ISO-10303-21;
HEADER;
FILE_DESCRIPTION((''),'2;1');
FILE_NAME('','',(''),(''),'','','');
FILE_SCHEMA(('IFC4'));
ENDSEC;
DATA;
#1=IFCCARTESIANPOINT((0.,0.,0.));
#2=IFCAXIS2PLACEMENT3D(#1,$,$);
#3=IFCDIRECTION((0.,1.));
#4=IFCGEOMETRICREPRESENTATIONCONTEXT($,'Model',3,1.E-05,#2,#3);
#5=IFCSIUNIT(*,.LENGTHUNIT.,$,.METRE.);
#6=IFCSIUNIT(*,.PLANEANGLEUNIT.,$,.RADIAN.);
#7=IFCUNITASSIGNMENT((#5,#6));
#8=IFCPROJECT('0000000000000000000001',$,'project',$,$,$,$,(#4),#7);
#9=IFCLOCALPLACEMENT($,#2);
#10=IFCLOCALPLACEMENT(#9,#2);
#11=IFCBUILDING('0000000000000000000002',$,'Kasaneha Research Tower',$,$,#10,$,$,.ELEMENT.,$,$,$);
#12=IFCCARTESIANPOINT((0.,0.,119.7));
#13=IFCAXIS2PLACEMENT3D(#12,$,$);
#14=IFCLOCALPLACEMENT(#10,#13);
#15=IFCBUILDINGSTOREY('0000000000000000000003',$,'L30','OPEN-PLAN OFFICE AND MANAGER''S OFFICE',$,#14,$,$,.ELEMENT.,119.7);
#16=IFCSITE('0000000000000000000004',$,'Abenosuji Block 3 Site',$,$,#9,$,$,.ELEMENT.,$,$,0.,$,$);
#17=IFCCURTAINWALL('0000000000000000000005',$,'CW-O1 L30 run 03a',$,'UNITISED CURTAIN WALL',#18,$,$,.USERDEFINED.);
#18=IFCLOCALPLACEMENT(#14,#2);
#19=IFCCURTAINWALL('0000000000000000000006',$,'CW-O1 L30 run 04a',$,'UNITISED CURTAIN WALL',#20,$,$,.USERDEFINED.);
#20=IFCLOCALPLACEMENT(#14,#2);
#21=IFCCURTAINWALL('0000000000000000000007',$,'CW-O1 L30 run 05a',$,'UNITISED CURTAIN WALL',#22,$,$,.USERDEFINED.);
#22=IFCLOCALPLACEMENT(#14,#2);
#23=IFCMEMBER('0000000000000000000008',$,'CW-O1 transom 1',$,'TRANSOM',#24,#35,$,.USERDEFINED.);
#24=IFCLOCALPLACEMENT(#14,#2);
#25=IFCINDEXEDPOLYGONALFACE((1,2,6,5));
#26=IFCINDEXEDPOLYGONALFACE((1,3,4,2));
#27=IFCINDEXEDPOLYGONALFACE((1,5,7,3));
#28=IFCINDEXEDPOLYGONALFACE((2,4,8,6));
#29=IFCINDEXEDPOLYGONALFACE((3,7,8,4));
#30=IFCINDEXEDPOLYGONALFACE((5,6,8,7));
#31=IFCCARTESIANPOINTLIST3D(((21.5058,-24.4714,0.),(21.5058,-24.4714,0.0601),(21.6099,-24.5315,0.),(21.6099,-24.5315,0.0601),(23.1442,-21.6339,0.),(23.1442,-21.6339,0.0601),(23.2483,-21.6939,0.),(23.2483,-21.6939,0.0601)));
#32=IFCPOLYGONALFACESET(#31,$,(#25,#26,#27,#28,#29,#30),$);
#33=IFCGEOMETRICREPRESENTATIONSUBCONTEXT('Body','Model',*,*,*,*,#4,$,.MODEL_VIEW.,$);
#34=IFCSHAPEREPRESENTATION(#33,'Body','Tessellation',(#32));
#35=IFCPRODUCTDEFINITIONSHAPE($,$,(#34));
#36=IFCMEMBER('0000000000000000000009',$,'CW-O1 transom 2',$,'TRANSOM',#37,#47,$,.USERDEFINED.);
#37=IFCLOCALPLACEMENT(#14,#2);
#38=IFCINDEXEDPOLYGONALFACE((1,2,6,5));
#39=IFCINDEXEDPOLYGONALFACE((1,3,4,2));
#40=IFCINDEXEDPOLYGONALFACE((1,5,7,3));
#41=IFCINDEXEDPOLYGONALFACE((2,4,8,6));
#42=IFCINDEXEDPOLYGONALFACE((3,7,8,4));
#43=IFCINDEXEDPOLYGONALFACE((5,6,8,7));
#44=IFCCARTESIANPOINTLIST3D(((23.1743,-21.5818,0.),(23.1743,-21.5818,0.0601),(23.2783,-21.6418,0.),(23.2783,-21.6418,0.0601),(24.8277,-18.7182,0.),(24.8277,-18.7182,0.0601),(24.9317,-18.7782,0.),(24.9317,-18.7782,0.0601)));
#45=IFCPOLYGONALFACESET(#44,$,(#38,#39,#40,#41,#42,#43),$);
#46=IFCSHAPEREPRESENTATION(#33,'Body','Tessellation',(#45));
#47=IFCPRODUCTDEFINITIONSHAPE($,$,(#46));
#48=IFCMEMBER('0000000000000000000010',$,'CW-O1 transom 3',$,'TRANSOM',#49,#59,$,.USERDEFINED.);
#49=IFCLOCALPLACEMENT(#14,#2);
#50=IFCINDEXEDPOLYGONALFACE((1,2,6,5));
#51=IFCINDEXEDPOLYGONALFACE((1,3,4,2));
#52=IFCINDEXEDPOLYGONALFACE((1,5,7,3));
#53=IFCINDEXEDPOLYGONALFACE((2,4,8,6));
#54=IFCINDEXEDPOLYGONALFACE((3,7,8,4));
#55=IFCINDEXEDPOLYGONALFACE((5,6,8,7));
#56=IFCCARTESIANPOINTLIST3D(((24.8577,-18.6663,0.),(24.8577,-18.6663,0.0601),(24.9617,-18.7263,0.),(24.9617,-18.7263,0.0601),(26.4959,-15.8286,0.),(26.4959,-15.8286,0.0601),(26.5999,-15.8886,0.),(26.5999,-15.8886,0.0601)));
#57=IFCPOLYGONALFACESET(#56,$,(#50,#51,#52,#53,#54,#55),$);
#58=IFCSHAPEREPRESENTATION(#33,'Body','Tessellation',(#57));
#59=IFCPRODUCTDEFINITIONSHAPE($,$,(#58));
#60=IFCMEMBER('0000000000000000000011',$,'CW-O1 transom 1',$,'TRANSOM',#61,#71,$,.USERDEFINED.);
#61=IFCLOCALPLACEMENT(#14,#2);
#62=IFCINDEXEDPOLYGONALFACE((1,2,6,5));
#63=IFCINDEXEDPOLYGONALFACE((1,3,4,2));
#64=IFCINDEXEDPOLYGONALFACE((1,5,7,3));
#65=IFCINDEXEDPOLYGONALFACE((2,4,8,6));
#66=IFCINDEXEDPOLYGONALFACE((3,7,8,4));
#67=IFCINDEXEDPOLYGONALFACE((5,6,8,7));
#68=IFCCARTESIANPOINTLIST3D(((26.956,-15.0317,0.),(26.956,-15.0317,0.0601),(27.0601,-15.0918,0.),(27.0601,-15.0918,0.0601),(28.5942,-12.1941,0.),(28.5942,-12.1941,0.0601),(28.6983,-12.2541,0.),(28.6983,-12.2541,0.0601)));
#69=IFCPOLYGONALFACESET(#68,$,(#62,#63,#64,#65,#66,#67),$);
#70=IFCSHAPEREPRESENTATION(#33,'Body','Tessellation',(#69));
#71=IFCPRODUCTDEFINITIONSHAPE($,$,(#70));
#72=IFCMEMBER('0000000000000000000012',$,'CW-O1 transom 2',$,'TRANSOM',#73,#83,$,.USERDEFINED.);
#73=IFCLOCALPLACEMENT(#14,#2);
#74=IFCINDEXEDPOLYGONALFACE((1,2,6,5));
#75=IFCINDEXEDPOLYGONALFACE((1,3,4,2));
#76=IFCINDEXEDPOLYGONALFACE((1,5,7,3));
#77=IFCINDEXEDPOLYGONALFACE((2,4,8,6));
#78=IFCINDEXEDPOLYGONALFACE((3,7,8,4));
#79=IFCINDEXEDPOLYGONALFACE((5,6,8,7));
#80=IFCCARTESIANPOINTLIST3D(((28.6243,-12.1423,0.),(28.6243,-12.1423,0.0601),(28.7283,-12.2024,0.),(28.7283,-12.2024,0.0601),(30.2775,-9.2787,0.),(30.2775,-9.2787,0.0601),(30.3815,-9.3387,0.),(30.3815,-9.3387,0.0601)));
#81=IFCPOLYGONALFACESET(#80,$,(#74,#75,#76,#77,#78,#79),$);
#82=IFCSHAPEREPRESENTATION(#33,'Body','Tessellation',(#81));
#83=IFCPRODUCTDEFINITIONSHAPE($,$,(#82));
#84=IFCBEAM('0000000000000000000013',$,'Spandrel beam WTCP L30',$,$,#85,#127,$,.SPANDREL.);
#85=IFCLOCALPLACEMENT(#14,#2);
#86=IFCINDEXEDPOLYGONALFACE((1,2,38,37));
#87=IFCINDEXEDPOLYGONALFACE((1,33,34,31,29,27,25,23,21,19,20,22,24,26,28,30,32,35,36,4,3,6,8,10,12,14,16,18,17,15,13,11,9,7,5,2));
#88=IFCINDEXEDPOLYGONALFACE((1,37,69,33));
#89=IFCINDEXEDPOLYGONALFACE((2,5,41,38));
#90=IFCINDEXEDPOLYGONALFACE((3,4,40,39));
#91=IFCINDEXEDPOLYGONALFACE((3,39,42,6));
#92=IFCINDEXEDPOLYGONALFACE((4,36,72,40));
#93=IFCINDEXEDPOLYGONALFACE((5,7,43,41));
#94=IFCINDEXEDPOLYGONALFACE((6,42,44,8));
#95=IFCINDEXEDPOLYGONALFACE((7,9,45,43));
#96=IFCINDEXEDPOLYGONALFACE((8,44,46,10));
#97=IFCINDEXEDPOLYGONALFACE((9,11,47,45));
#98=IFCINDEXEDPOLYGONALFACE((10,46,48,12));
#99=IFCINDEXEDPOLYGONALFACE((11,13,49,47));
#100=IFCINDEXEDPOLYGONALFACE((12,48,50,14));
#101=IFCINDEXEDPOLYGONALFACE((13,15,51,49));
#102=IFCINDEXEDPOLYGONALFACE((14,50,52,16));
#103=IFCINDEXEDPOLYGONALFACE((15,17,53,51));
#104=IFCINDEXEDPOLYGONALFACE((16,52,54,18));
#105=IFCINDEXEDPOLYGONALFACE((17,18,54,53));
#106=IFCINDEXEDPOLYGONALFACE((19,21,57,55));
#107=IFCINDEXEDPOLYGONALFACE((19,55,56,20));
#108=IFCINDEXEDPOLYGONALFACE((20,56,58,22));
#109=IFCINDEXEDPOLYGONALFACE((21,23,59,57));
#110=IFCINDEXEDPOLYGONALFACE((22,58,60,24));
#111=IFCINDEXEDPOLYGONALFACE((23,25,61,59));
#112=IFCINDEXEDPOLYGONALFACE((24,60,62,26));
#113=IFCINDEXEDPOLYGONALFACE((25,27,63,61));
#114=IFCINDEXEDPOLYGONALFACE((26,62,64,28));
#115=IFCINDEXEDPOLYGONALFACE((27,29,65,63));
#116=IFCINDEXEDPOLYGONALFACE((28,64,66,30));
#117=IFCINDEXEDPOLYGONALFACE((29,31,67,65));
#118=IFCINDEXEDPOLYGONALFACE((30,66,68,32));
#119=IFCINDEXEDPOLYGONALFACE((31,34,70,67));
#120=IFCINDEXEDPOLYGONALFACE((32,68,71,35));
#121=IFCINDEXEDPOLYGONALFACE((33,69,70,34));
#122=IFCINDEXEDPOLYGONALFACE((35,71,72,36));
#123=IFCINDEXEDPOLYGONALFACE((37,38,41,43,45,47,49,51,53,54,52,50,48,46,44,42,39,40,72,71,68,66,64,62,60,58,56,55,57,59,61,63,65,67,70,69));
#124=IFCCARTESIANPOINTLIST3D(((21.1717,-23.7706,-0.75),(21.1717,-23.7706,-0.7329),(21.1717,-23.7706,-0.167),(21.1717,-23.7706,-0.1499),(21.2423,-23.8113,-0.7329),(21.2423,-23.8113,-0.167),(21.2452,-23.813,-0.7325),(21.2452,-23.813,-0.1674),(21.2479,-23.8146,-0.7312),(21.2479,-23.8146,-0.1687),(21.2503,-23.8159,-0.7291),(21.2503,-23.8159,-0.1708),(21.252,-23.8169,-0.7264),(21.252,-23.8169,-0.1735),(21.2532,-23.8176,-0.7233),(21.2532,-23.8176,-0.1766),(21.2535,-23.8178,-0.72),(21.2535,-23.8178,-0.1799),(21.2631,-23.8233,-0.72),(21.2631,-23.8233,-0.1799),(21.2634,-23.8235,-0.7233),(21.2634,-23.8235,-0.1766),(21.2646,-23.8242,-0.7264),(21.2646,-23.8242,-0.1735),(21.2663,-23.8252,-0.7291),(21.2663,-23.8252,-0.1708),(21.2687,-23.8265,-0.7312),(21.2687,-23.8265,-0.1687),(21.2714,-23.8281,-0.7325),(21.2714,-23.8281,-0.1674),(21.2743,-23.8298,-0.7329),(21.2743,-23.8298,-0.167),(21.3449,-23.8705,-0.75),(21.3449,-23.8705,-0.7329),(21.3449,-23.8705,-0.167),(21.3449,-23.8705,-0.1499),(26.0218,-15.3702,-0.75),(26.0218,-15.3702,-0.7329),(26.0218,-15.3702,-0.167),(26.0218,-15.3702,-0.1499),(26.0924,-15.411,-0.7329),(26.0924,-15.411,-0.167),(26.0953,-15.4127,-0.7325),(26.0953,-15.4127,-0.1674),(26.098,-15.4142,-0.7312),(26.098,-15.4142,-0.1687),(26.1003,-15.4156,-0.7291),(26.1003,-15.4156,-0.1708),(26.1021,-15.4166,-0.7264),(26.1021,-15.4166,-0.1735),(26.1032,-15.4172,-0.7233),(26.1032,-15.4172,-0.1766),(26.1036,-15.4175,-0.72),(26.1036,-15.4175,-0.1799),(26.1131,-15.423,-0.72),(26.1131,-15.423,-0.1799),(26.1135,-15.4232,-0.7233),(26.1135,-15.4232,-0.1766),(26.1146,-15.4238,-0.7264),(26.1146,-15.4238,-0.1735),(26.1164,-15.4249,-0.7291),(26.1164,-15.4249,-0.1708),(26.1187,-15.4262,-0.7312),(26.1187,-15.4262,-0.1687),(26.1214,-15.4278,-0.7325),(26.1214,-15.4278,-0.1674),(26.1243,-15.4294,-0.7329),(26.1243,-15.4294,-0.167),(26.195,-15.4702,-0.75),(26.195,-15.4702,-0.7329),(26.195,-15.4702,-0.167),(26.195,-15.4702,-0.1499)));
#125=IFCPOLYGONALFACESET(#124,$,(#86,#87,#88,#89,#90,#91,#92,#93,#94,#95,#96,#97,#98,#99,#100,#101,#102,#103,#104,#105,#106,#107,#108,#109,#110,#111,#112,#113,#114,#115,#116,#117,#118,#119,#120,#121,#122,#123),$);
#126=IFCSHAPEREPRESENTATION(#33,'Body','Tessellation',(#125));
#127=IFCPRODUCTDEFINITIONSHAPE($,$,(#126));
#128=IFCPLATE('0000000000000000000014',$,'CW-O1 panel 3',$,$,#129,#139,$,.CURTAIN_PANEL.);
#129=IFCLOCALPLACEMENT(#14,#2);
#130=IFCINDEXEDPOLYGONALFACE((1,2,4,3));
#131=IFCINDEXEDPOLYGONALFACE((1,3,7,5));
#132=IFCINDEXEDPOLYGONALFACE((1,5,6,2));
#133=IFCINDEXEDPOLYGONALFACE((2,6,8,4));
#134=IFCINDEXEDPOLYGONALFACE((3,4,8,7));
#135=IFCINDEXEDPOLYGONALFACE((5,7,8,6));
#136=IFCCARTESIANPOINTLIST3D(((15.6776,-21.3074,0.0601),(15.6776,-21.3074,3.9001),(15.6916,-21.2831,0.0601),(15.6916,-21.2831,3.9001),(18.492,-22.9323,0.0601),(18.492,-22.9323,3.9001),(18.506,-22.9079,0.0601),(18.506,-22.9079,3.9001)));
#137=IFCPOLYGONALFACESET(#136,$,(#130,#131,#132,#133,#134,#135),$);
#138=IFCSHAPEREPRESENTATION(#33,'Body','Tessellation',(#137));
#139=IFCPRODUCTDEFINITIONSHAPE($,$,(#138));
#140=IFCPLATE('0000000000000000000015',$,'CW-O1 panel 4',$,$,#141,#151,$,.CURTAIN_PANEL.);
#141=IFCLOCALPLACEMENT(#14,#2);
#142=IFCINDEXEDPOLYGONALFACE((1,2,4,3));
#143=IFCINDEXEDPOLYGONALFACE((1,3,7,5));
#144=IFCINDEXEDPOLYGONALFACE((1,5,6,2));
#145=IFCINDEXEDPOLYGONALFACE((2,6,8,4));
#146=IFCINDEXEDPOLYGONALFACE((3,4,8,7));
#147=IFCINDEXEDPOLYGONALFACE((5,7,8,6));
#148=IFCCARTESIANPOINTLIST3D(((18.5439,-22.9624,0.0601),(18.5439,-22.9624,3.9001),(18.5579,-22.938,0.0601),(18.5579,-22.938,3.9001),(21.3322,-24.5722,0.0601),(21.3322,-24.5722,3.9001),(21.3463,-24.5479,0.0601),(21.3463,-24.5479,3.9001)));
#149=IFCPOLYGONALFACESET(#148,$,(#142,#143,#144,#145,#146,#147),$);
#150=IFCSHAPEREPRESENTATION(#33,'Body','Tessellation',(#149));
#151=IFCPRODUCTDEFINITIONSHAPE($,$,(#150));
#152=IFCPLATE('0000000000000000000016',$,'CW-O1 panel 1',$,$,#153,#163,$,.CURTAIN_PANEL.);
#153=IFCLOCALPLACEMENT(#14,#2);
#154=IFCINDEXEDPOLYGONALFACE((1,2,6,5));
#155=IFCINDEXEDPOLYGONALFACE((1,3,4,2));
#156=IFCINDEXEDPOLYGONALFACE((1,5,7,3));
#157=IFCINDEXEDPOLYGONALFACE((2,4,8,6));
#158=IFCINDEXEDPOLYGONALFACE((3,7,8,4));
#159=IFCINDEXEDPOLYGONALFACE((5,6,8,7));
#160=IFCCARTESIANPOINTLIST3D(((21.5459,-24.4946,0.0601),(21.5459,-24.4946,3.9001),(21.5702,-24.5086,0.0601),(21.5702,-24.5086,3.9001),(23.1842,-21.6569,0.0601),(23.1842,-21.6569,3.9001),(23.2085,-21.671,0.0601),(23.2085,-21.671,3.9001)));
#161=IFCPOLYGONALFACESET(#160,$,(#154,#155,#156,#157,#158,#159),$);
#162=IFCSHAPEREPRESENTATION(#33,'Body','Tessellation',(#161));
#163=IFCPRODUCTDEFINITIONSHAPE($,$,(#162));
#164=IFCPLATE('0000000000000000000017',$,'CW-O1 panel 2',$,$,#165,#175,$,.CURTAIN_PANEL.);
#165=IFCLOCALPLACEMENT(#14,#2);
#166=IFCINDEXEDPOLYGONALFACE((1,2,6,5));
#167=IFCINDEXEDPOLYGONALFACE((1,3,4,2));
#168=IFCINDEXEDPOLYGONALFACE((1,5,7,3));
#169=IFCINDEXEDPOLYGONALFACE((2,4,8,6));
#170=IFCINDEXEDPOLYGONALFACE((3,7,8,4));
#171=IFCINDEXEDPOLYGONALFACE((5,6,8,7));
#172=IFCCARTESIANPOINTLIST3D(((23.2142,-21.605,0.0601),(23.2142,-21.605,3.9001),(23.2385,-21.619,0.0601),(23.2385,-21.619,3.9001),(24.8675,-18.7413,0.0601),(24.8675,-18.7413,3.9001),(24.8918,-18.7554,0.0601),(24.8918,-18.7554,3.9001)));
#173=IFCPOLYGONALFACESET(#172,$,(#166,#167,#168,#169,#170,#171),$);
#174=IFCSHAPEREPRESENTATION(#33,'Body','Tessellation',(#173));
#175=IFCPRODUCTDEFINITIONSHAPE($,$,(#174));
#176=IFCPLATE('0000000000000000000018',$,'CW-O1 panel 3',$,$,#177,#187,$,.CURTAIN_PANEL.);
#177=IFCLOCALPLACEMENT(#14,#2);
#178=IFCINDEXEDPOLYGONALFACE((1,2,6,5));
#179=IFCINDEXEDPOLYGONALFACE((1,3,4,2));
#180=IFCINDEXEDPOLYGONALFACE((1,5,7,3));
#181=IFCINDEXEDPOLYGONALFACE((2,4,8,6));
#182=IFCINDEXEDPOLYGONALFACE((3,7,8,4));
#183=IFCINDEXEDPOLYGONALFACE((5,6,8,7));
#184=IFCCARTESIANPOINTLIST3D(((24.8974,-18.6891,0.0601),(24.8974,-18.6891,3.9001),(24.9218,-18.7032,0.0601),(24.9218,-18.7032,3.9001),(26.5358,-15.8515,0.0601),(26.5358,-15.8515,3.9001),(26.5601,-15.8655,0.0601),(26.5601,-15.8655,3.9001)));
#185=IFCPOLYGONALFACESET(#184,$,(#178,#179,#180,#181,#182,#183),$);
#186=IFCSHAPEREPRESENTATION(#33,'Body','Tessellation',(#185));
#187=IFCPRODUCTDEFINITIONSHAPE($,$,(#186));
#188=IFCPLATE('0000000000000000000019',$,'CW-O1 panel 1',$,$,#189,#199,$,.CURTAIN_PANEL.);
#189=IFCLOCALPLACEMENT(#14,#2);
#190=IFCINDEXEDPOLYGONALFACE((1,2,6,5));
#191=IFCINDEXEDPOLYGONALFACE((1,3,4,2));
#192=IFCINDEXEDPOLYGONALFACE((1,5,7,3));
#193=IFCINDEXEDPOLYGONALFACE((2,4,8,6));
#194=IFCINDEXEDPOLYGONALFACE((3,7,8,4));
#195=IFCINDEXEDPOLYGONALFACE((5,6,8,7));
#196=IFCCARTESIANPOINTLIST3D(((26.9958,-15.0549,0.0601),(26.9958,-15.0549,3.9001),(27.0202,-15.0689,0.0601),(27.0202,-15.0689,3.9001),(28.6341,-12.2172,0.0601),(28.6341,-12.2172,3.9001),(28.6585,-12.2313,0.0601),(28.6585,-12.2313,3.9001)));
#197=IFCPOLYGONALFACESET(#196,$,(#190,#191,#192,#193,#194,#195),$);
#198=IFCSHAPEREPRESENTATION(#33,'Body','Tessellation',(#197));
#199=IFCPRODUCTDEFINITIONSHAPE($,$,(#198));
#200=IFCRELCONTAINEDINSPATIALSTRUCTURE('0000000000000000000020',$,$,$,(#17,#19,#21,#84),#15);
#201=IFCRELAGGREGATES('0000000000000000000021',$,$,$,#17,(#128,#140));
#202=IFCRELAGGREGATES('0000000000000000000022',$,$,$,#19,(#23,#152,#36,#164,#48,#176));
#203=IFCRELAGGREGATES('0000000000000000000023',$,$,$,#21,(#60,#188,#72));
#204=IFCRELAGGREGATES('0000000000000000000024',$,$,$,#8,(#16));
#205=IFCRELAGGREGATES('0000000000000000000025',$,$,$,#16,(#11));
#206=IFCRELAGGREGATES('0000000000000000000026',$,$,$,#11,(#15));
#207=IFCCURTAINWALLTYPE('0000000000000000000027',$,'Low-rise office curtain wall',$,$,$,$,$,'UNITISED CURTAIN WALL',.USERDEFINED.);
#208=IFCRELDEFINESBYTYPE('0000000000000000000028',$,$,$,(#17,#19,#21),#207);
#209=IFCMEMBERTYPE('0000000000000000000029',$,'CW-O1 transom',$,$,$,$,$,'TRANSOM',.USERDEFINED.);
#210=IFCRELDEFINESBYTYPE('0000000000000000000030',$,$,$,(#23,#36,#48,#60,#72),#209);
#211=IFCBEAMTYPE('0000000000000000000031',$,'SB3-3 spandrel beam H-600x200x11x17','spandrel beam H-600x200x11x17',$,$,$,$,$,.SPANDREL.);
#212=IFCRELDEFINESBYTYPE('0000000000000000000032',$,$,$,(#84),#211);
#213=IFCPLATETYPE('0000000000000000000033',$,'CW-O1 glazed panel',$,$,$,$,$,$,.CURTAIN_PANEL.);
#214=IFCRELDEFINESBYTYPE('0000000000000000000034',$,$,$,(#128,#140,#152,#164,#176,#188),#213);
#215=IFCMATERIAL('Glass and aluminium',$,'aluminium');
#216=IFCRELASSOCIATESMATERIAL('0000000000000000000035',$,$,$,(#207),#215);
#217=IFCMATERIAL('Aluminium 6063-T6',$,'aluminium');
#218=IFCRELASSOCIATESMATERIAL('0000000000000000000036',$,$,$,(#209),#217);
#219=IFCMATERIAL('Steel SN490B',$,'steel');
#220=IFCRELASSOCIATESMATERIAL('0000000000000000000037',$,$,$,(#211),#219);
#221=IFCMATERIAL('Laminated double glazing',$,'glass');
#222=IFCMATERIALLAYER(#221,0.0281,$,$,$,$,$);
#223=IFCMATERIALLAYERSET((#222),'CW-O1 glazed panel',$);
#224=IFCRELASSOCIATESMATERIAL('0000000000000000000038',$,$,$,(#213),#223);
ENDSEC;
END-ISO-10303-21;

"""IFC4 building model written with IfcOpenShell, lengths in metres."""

from ifc_helpers import new_model, si_unit, direction, frame, origin, origin_2d, place, context, subcontext, project, spatial, rectangle, i_section, extrude, material, layer, layer_set, material_profile, profile_set, type_object, element, aggregate, save


model = new_model("IFC4")

# Units and contexts
model_context = context("Model", 3, precision=1e-05, world=origin(), true_north=direction((0.0, 1.0)))
body_context = subcontext(model_context, "Body", "Model", "MODEL_VIEW")
ifc_project = project(units=[si_unit("LENGTHUNIT", "METRE"), si_unit("PLANEANGLEUNIT", "RADIAN")], contexts=[model_context])

# Site, building, storey
site_placement = place(None, origin())
site = spatial("IfcSite", under=ifc_project, at=site_placement, Name="Abenosuji Block 3 Site", CompositionType="ELEMENT", RefElevation=0.0)
building_placement = place(site_placement, origin())
building = spatial("IfcBuilding", under=site, at=building_placement, Name="Kasaneha Research Tower", CompositionType="ELEMENT")
storey_placement = place(building_placement, frame((0.0, 0.0, 119.7)))
storey = spatial("IfcBuildingStorey", under=building, at=storey_placement, Name="L30", Description="OPEN-PLAN OFFICE AND MANAGER'S OFFICE", CompositionType="ELEMENT", Elevation=119.7)

# Curtain walls
ifc_material_1 = material(Name="Glass and aluminium", Category="aluminium")
curtain_wall_type = type_object("IfcCurtainWallType", Name="Low-rise office curtain wall", ElementType="UNITISED CURTAIN WALL", PredefinedType="USERDEFINED", material=ifc_material_1)
curtain_wall_1_placement = place(storey_placement, origin())
curtain_wall_1 = element("IfcCurtainWall", 1, at=curtain_wall_1_placement, inside=storey, type_object=curtain_wall_type, Name="CW-O1 L30 run 03a", ObjectType="UNITISED CURTAIN WALL", PredefinedType="USERDEFINED")
curtain_wall_2_placement = place(storey_placement, origin())
curtain_wall_2 = element("IfcCurtainWall", 2, at=curtain_wall_2_placement, inside=storey, type_object=curtain_wall_type, Name="CW-O1 L30 run 04a", ObjectType="UNITISED CURTAIN WALL", PredefinedType="USERDEFINED")
curtain_wall_3_placement = place(storey_placement, origin())
curtain_wall_3 = element("IfcCurtainWall", 3, at=curtain_wall_3_placement, inside=storey, type_object=curtain_wall_type, Name="CW-O1 L30 run 05a", ObjectType="UNITISED CURTAIN WALL", PredefinedType="USERDEFINED")

# Members
ifc_material_2 = material(Name="Aluminium 6063-T6", Category="aluminium")
ifc_material_profile_1 = material_profile(ifc_material_2, rectangle(XDim=0.1201, YDim=0.0601, at=origin_2d()), Name="CW-O1 transom 120x60")
ifc_profile_set_1 = profile_set([ifc_material_profile_1], Name="Aluminium 6063-T6")
member_type_1 = type_object("IfcMemberType", Name="CW-O1 transom", ElementType="TRANSOM", PredefinedType="USERDEFINED", material=ifc_profile_set_1)
member_1_placement = place(storey_placement, frame((21.5579, -24.5015, 0.03), z_axis=(0.500026, 0.866011, 0.0), x_axis=(-0.866011, 0.500026, 0.0)))
member_1 = element("IfcMember", 4, at=member_1_placement, type_object=member_type_1, Name="CW-O1 transom 1", ObjectType="TRANSOM", PredefinedType="USERDEFINED", context=body_context, shape_type="SweptSolid", body=[
    extrude(rectangle(XDim=0.1201, YDim=0.0601, at=origin_2d()), origin(), (0.0, 0.0, 1.0), 3.2766),
])
member_2_placement = place(storey_placement, frame((23.2263, -21.6118, 0.03), z_axis=(0.500014, 0.866017, 0.0), x_axis=(-0.866017, 0.500014, 0.0)))
member_2 = element("IfcMember", 5, at=member_2_placement, type_object=member_type_1, Name="CW-O1 transom 2", ObjectType="TRANSOM", PredefinedType="USERDEFINED", context=body_context, shape_type="SweptSolid", body=[
    extrude(rectangle(XDim=0.1201, YDim=0.0601, at=origin_2d()), origin(), (0.0, 0.0, 1.0), 3.3066),
])
member_3_placement = place(storey_placement, frame((24.9097, -18.6963, 0.03), z_axis=(0.49997, 0.866043, 0.0), x_axis=(-0.866043, 0.49997, 0.0)))
member_3 = element("IfcMember", 6, at=member_3_placement, type_object=member_type_1, Name="CW-O1 transom 3", ObjectType="TRANSOM", PredefinedType="USERDEFINED", context=body_context, shape_type="SweptSolid", body=[
    extrude(rectangle(XDim=0.1201, YDim=0.0601, at=origin_2d()), origin(), (0.0, 0.0, 1.0), 3.2766),
])
member_4_placement = place(storey_placement, frame((27.0081, -15.0618, 0.03), z_axis=(0.49997, 0.866043, 0.0), x_axis=(-0.866043, 0.49997, 0.0)))
member_4 = element("IfcMember", 7, at=member_4_placement, type_object=member_type_1, Name="CW-O1 transom 1", ObjectType="TRANSOM", PredefinedType="USERDEFINED", context=body_context, shape_type="SweptSolid", body=[
    extrude(rectangle(XDim=0.1201, YDim=0.0601, at=origin_2d()), origin(), (0.0, 0.0, 1.0), 3.2766),
])
member_5_placement = place(storey_placement, frame((28.6763, -12.1724, 0.03), z_axis=(0.499982, 0.866036, 0.0), x_axis=(-0.866036, 0.499982, 0.0)))
member_5 = element("IfcMember", 8, at=member_5_placement, type_object=member_type_1, Name="CW-O1 transom 2", ObjectType="TRANSOM", PredefinedType="USERDEFINED", context=body_context, shape_type="SweptSolid", body=[
    extrude(rectangle(XDim=0.1201, YDim=0.0601, at=origin_2d()), origin(), (0.0, 0.0, 1.0), 3.3066),
])

# Beam
ifc_material_3 = material(Name="Steel SN490B", Category="steel")
ifc_material_profile_2 = material_profile(ifc_material_3, i_section(OverallWidth=0.2, OverallDepth=0.6001, WebThickness=0.011, FlangeThickness=0.0171, FilletRadius=0.0129, at=origin_2d()), Name="H-600x200x11x17")
ifc_profile_set_2 = profile_set([ifc_material_profile_2], Name="Steel SN490B")
beam_type_1 = type_object("IfcBeamType", Name="SB3-3 spandrel beam H-600x200x11x17", Description="spandrel beam H-600x200x11x17", PredefinedType="SPANDREL", material=ifc_profile_set_2)
beam_1_placement = place(storey_placement, frame((21.2583, -23.8206, -0.45), z_axis=(0.50001, 0.86602, 0.0), x_axis=(-0.86602, 0.50001, 0.0)))
element("IfcBeam", 9, at=beam_1_placement, inside=storey, type_object=beam_type_1, Name="Spandrel beam WTCP L30", PredefinedType="SPANDREL", context=body_context, shape_type="SweptSolid", body=[
    extrude(i_section(OverallWidth=0.2, OverallDepth=0.6001, WebThickness=0.011, FlangeThickness=0.0171, FilletRadius=0.0129, at=origin_2d()), origin(), (0.0, 0.0, 1.0), 9.7),
])

# Plates
ifc_material_4 = material(Name="Laminated double glazing", Category="glass")
ifc_layer_1 = layer(ifc_material_4, 0.0281)
ifc_layer_set_1 = layer_set([ifc_layer_1], Name="CW-O1 glazed panel")
plate_type = type_object("IfcPlateType", Name="CW-O1 glazed panel", PredefinedType="CURTAIN_PANEL", material=ifc_layer_set_1)
plate_1_placement = place(storey_placement, frame((17.0918, -22.1077, 0.0601), z_axis=(0.0, 0.0, 1.0), x_axis=(0.866025, -0.5, 0.0)))
plate_1 = element("IfcPlate", 10, at=plate_1_placement, type_object=plate_type, Name="CW-O1 panel 3", PredefinedType="CURTAIN_PANEL", context=body_context, shape_type="SweptSolid", body=[
    extrude(rectangle(XDim=3.2498, YDim=0.0281, at=origin_2d()), origin(), (0.0, 0.0, 1.0), 3.8401),
])
plate_2_placement = place(storey_placement, frame((19.9451, -23.7551, 0.0601), z_axis=(0.0, 0.0, 1.0), x_axis=(0.866025, -0.5, 0.0)))
plate_2 = element("IfcPlate", 11, at=plate_2_placement, type_object=plate_type, Name="CW-O1 panel 4", PredefinedType="CURTAIN_PANEL", context=body_context, shape_type="SweptSolid", body=[
    extrude(rectangle(XDim=3.2197, YDim=0.0281, at=origin_2d()), origin(), (0.0, 0.0, 1.0), 3.8401),
])
aggregate(curtain_wall_1, [plate_1, plate_2])
plate_3_placement = place(storey_placement, frame((22.3772, -23.0828, 0.0601), z_axis=(0.0, 0.0, 1.0), x_axis=(0.5, 0.866025, 0.0)))
plate_3 = element("IfcPlate", 12, at=plate_3_placement, type_object=plate_type, Name="CW-O1 panel 1", PredefinedType="CURTAIN_PANEL", context=body_context, shape_type="SweptSolid", body=[
    extrude(rectangle(XDim=3.2766, YDim=0.0281, at=origin_2d()), origin(), (0.0, 0.0, 1.0), 3.8401),
])
plate_4_placement = place(storey_placement, frame((24.053, -20.1802, 0.0601), z_axis=(0.0, 0.0, 1.0), x_axis=(0.5, 0.866025, 0.0)))
plate_4 = element("IfcPlate", 13, at=plate_4_placement, type_object=plate_type, Name="CW-O1 panel 2", PredefinedType="CURTAIN_PANEL", context=body_context, shape_type="SweptSolid", body=[
    extrude(rectangle(XDim=3.3066, YDim=0.0281, at=origin_2d()), origin(), (0.0, 0.0, 1.0), 3.8401),
])
plate_5_placement = place(storey_placement, frame((25.7288, -17.2773, 0.0601), z_axis=(0.0, 0.0, 1.0), x_axis=(0.5, 0.866025, 0.0)))
plate_5 = element("IfcPlate", 14, at=plate_5_placement, type_object=plate_type, Name="CW-O1 panel 3", PredefinedType="CURTAIN_PANEL", context=body_context, shape_type="SweptSolid", body=[
    extrude(rectangle(XDim=3.2766, YDim=0.0281, at=origin_2d()), origin(), (0.0, 0.0, 1.0), 3.8401),
])
aggregate(curtain_wall_2, [member_1, plate_3, member_2, plate_4, member_3, plate_5])
plate_6_placement = place(storey_placement, frame((27.8271, -13.6431, 0.0601), z_axis=(0.0, 0.0, 1.0), x_axis=(0.5, 0.866025, 0.0)))
plate_6 = element("IfcPlate", 15, at=plate_6_placement, type_object=plate_type, Name="CW-O1 panel 1", PredefinedType="CURTAIN_PANEL", context=body_context, shape_type="SweptSolid", body=[
    extrude(rectangle(XDim=3.2766, YDim=0.0281, at=origin_2d()), origin(), (0.0, 0.0, 1.0), 3.8401),
])
aggregate(curtain_wall_3, [member_4, plate_6, member_5])

save(model, "model.ifc")
